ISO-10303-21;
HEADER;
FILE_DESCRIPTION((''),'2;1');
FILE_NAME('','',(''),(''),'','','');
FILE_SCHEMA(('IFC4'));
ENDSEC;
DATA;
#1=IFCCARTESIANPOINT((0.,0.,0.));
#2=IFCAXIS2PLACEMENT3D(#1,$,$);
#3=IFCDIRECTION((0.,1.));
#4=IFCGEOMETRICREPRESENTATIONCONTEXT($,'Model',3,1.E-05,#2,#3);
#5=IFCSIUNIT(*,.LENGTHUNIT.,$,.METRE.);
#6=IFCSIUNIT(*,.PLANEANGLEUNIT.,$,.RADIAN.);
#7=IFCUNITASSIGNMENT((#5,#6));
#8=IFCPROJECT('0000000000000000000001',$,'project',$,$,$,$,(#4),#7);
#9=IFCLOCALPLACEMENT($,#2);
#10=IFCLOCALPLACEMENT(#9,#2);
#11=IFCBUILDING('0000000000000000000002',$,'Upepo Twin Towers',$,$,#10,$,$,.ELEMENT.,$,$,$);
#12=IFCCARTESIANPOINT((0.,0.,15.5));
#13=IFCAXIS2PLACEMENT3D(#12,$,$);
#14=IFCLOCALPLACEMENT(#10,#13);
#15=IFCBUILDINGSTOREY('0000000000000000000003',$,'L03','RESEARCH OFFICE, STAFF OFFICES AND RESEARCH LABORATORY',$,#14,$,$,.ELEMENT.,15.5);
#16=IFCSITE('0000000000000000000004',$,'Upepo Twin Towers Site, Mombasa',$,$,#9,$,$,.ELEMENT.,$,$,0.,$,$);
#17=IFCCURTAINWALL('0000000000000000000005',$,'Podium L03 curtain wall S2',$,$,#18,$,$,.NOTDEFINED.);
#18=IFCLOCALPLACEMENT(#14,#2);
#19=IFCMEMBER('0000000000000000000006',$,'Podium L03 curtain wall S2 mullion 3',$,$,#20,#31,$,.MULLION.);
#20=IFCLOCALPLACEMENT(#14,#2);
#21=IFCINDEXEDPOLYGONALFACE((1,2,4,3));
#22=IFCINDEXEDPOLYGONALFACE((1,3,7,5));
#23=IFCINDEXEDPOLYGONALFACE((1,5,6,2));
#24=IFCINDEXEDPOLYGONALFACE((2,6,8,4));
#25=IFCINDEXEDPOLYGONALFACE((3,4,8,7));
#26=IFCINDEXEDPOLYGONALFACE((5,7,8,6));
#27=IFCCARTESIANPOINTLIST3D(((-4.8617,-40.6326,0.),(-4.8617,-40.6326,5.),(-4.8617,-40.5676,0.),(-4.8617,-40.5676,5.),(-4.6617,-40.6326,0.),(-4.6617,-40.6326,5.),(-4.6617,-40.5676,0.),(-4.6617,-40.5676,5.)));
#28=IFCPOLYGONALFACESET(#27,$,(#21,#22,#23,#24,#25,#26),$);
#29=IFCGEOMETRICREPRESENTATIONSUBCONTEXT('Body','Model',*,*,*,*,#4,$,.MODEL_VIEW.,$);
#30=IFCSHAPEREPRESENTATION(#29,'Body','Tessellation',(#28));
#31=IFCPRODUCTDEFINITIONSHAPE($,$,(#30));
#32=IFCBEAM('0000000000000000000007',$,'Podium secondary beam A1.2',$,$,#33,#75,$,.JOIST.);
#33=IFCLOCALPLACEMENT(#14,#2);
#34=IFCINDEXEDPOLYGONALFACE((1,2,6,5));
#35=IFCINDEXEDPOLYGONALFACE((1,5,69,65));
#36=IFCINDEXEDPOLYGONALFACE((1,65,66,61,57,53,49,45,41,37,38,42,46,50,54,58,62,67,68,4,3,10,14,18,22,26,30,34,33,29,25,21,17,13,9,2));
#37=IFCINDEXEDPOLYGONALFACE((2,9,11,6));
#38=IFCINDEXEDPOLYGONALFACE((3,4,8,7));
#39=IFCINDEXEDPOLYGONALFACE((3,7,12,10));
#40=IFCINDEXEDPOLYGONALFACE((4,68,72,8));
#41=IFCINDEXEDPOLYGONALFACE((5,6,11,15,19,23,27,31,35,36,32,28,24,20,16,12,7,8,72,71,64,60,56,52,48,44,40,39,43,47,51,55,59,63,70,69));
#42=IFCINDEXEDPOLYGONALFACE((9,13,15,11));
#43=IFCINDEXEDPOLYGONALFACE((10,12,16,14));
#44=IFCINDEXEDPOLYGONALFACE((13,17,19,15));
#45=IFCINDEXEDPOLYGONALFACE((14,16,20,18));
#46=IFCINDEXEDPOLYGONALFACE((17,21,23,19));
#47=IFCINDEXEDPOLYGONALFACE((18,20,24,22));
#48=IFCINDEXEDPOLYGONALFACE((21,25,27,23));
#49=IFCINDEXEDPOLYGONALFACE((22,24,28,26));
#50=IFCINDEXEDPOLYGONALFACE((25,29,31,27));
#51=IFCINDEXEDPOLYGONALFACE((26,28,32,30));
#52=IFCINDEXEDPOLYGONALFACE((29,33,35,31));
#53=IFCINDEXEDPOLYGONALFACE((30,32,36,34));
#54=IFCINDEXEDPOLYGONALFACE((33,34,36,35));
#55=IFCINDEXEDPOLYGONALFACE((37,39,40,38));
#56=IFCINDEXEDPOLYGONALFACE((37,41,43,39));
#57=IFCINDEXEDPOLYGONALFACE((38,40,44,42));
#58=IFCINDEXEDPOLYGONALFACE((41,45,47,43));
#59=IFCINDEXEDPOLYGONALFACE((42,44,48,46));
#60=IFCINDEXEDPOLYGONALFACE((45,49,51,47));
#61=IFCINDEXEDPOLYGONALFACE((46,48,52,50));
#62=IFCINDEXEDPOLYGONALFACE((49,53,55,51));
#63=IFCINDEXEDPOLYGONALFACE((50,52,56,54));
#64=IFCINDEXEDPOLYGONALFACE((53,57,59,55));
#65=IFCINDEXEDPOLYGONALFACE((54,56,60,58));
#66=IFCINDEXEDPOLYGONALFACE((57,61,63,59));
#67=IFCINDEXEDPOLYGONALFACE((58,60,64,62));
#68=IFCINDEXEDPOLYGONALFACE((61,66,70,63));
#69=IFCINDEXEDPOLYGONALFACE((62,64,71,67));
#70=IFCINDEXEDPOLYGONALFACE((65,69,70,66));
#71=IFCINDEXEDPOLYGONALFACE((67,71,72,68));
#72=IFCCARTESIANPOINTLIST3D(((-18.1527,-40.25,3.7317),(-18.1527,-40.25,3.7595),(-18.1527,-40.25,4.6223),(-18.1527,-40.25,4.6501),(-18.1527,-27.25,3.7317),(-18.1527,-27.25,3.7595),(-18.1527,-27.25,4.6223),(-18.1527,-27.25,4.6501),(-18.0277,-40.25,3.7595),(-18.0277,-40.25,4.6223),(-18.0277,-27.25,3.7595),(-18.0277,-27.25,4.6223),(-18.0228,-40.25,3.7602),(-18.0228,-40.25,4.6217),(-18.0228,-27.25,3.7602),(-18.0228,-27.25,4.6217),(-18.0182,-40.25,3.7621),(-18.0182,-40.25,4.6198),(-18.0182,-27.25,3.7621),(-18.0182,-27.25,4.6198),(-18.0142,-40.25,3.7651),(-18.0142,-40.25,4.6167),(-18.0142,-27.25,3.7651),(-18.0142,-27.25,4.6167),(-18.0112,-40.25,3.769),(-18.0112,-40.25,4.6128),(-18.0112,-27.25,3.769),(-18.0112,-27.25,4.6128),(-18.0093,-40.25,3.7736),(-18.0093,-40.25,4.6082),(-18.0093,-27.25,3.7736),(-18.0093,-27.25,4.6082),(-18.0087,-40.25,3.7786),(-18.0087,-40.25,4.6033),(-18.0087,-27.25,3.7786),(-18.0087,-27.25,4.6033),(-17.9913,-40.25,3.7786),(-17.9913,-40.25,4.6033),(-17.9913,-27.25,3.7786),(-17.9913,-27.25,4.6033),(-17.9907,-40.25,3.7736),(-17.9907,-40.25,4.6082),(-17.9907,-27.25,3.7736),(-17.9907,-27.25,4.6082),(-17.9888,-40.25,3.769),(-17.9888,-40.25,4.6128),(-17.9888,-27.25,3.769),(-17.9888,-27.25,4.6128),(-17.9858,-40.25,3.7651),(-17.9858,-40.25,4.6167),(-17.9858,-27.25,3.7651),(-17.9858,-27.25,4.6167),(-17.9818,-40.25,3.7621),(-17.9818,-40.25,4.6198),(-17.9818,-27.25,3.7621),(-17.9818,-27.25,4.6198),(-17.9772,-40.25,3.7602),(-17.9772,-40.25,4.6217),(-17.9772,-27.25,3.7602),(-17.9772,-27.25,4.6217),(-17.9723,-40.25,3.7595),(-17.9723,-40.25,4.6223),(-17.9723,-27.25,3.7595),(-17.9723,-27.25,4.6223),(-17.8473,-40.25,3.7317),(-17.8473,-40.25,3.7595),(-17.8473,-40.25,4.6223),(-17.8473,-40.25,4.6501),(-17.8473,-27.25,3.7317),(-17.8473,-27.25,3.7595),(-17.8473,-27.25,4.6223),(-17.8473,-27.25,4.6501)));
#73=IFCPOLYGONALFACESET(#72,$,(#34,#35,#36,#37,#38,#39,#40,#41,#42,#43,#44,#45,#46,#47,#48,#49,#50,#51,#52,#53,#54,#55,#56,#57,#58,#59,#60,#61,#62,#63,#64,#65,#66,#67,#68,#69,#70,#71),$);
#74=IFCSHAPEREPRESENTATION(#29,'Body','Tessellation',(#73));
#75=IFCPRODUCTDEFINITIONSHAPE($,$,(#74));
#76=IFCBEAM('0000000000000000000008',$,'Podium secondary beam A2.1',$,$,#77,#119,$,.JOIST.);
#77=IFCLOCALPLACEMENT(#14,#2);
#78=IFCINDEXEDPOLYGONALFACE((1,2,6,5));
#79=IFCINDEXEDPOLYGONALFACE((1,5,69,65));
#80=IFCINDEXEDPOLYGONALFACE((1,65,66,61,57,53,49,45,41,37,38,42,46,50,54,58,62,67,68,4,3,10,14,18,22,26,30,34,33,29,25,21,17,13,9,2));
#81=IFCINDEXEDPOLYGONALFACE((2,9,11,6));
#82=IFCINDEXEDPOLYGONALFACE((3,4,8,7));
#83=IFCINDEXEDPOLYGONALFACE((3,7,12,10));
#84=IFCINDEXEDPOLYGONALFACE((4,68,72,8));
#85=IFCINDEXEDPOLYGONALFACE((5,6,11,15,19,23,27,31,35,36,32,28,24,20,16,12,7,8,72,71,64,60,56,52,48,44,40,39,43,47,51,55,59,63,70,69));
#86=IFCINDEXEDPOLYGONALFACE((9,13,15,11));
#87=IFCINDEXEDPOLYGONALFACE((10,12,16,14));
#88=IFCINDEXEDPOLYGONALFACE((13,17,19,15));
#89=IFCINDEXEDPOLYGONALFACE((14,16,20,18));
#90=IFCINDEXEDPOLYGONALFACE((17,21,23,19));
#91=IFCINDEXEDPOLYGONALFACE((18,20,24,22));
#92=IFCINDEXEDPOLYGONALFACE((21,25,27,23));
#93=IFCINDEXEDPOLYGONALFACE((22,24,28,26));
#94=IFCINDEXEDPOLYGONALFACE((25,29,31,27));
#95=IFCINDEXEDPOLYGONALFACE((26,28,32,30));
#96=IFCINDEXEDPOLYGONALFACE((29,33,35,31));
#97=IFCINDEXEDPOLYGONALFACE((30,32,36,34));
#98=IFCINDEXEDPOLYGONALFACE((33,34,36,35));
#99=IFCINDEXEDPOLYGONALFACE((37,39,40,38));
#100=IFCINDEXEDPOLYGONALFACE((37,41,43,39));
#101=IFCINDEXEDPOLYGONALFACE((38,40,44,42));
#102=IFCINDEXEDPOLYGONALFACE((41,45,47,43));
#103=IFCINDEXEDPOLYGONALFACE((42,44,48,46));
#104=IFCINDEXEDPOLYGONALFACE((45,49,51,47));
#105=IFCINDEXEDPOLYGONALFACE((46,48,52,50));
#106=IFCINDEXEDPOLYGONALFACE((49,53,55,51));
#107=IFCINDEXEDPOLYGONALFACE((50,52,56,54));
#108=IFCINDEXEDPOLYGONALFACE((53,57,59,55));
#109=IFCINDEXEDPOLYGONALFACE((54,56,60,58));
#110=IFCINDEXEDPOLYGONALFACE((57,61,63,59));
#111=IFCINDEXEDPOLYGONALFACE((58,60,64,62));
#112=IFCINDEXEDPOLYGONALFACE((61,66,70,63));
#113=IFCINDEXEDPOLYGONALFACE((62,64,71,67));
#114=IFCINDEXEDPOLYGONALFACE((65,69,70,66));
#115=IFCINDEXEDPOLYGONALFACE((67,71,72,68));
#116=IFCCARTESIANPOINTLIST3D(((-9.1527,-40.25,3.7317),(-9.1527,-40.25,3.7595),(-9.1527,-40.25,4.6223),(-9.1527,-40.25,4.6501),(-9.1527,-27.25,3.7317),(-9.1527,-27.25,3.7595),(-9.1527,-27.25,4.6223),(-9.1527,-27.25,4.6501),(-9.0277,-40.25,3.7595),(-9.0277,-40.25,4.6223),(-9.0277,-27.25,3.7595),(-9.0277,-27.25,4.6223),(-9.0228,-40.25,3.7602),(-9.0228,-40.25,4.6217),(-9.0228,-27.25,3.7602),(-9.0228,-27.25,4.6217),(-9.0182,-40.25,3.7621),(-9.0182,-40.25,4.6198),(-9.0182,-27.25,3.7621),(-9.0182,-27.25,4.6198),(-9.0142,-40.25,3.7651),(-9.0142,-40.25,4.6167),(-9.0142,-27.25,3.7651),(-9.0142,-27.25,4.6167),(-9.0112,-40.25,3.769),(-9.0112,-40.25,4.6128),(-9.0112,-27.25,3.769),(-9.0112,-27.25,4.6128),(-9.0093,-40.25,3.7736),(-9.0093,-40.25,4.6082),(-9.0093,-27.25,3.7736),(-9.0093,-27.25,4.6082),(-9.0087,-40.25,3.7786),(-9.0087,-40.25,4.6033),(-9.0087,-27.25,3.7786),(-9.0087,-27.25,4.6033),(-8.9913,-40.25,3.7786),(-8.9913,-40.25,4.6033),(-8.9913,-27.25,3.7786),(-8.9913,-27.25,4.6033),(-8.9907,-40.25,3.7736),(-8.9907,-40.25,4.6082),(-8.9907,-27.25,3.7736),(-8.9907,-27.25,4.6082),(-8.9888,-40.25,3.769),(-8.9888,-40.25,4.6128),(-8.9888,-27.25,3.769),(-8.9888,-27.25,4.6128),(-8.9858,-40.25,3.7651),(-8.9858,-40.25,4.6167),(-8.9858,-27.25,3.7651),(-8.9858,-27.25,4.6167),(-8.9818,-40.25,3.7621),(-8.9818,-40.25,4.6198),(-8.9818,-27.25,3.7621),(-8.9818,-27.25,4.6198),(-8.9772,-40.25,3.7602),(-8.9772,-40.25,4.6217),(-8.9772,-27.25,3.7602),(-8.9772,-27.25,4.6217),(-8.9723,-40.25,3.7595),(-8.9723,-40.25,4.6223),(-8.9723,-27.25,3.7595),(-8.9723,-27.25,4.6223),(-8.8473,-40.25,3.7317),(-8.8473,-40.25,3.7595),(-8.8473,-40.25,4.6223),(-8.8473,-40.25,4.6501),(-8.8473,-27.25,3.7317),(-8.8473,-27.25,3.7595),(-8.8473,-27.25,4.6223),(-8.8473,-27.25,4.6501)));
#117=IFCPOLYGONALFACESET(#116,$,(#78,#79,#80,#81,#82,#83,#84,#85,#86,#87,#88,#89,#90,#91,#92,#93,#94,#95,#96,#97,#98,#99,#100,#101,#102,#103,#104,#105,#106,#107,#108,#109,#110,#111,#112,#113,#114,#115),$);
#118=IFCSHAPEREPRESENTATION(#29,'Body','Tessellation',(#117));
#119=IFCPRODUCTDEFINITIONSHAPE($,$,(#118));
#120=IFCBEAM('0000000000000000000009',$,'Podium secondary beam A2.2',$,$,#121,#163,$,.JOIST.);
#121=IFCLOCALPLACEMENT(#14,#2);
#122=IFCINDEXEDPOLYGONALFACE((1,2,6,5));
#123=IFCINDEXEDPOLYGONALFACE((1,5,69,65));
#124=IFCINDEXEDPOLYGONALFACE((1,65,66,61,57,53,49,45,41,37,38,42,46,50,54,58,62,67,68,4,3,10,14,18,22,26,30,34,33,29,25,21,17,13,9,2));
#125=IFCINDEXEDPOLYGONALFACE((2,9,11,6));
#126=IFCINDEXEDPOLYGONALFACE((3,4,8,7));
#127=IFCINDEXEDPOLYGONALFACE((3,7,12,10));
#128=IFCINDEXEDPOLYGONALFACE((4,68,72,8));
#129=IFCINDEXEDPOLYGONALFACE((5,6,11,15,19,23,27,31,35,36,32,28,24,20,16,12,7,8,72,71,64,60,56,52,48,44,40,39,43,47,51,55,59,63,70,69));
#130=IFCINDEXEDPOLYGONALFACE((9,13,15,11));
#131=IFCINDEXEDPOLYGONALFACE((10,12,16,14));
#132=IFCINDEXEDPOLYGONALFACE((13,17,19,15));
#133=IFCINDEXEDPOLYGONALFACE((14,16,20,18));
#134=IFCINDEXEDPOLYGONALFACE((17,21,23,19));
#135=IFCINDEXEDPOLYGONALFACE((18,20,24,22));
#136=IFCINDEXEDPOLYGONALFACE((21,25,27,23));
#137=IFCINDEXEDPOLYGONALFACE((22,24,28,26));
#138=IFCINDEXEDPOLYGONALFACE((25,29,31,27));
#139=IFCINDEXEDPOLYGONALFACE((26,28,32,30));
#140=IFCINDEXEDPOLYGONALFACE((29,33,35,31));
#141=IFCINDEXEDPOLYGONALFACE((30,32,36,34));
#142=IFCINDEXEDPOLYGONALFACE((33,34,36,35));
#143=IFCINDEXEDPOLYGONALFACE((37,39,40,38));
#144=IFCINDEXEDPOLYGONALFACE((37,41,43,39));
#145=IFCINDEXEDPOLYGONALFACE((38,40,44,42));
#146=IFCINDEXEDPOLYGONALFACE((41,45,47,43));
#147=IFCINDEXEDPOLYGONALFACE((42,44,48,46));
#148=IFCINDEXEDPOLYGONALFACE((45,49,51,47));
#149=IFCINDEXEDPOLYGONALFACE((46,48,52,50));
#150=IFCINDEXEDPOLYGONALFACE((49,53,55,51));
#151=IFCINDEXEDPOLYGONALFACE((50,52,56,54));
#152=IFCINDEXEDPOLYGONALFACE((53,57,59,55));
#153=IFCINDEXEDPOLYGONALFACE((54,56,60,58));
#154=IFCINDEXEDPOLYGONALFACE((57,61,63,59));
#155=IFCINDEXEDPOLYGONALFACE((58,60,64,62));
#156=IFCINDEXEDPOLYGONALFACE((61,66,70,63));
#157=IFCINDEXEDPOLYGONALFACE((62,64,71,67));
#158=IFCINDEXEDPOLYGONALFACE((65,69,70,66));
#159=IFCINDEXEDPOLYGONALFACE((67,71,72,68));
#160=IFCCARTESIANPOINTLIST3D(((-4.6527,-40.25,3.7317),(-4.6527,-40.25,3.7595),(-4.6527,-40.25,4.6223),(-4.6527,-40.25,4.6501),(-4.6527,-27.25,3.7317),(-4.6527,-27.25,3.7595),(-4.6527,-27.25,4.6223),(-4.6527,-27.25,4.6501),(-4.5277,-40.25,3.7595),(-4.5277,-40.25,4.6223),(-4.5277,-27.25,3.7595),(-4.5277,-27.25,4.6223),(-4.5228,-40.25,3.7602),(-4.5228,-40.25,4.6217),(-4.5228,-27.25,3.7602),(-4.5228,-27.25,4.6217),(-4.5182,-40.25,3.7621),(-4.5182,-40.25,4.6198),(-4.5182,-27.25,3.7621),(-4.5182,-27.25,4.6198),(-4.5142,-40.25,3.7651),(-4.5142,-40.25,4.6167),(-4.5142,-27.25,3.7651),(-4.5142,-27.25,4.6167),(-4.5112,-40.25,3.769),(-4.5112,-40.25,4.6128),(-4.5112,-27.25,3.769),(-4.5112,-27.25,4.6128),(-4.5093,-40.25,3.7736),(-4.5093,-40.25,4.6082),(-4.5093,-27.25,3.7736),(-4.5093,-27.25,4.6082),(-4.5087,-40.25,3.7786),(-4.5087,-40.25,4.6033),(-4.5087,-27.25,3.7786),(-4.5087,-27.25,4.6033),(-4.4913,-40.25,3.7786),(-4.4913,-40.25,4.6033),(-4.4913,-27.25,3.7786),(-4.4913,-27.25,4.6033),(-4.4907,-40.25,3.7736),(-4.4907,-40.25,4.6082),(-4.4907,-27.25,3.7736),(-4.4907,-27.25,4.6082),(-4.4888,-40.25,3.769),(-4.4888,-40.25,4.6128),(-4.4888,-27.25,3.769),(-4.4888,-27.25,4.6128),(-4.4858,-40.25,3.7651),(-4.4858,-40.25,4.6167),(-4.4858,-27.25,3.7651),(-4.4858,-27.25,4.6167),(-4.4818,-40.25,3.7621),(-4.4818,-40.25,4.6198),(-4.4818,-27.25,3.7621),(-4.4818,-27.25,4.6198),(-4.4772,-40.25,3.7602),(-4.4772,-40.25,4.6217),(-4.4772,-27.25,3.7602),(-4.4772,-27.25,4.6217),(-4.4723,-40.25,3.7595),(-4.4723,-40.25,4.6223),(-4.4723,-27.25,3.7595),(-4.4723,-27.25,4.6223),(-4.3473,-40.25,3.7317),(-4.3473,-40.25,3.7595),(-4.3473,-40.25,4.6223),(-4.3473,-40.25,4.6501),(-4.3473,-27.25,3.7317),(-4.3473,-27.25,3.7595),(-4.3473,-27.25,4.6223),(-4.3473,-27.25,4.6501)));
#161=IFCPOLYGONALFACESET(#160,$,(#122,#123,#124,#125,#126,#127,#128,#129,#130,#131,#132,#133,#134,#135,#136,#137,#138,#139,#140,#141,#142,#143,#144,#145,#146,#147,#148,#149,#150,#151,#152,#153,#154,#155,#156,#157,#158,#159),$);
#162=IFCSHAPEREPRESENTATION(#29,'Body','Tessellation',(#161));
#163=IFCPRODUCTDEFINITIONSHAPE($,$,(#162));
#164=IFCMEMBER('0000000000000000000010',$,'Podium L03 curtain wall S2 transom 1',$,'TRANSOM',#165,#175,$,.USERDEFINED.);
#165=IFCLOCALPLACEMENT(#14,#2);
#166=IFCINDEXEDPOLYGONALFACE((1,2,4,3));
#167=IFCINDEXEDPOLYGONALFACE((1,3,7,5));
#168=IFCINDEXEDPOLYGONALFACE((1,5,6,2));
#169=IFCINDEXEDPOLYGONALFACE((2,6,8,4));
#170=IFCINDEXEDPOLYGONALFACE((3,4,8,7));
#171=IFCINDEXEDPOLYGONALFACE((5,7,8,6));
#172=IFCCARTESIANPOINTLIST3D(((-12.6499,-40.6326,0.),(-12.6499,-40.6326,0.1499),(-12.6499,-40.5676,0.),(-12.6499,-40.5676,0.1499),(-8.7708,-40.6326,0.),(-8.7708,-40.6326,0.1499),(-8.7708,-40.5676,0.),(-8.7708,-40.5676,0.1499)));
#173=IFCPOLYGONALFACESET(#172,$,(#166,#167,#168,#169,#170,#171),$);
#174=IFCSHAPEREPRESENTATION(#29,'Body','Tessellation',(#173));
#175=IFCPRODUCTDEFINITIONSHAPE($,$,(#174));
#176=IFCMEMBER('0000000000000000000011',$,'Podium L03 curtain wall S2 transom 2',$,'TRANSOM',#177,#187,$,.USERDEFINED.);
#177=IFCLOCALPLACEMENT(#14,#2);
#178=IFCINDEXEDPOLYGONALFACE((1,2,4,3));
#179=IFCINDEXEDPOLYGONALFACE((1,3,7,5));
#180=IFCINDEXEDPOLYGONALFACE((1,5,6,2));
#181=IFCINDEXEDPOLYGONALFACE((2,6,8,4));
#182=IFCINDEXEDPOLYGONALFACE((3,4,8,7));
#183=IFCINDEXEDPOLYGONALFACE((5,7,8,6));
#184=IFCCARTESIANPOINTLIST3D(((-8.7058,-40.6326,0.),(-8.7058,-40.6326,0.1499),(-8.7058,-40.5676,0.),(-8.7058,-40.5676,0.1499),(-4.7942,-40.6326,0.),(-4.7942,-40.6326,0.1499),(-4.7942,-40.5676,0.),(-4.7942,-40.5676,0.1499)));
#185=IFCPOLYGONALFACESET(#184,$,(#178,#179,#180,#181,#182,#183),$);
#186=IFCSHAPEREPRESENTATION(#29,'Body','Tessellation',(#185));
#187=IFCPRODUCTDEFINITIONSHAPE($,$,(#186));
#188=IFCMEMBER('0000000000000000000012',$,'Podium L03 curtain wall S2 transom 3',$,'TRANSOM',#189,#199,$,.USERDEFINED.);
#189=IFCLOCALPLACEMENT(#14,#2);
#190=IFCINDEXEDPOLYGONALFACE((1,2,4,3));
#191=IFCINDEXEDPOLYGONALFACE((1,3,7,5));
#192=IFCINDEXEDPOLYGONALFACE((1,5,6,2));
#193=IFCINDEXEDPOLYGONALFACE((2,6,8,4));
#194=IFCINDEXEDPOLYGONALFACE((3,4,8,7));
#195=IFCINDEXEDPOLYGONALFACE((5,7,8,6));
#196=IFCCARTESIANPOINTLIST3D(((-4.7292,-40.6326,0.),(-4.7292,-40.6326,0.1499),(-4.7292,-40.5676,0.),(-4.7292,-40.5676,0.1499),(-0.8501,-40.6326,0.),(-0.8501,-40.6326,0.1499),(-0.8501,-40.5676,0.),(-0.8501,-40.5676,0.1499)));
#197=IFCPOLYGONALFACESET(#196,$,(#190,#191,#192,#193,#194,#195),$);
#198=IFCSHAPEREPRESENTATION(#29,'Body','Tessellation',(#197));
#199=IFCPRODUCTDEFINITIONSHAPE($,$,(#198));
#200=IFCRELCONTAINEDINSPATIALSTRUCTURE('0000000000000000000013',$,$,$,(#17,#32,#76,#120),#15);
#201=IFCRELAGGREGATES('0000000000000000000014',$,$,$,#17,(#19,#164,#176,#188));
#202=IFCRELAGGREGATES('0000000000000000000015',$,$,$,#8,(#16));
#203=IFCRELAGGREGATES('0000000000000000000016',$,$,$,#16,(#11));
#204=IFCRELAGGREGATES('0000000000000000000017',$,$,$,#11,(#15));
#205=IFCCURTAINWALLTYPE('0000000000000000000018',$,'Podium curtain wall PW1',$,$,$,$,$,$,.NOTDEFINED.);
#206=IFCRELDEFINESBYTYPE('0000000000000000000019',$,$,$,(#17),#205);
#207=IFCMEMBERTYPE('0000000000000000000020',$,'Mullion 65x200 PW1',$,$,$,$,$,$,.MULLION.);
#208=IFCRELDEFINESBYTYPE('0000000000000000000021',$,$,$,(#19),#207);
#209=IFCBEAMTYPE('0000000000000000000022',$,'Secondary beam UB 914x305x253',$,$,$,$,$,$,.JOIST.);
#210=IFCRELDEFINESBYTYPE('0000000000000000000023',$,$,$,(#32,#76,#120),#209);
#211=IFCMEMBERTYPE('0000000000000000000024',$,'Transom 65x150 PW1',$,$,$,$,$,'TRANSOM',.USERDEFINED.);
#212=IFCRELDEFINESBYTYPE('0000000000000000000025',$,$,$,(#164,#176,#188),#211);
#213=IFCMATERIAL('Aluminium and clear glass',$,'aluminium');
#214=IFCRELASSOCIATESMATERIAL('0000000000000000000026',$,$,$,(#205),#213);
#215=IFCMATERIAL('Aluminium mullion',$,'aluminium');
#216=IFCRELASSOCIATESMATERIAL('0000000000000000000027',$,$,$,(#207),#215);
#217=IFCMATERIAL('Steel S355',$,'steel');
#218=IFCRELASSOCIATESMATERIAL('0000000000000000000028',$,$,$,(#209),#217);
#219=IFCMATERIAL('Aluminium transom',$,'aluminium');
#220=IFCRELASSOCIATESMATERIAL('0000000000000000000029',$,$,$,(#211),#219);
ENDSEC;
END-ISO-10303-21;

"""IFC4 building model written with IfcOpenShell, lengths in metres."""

from ifc_helpers import new_model, si_unit, direction, frame, origin, origin_2d, place, context, subcontext, project, spatial, rectangle, i_section, extrude, material, material_profile, profile_set, type_object, element, aggregate, save


model = new_model("IFC4")

# Units and contexts
model_context = context("Model", 3, precision=1e-05, world=origin(), true_north=direction((0.0, 1.0)))
body_context = subcontext(model_context, "Body", "Model", "MODEL_VIEW")
ifc_project = project(units=[si_unit("LENGTHUNIT", "METRE"), si_unit("PLANEANGLEUNIT", "RADIAN")], contexts=[model_context])

# Site, building, storey
site_placement = place(None, origin())
site = spatial("IfcSite", under=ifc_project, at=site_placement, Name="Upepo Twin Towers Site, Mombasa", CompositionType="ELEMENT", RefElevation=0.0)
building_placement = place(site_placement, origin())
building = spatial("IfcBuilding", under=site, at=building_placement, Name="Upepo Twin Towers", CompositionType="ELEMENT")
storey_placement = place(building_placement, frame((0.0, 0.0, 15.5)))
storey = spatial("IfcBuildingStorey", under=building, at=storey_placement, Name="L03", Description="RESEARCH OFFICE, STAFF OFFICES AND RESEARCH LABORATORY", CompositionType="ELEMENT", Elevation=15.5)

# Shared definitions
ifc_material_1 = material(Name="Aluminium and clear glass", Category="aluminium")
curtain_wall_type = type_object("IfcCurtainWallType", Name="Podium curtain wall PW1", PredefinedType="NOTDEFINED", material=ifc_material_1)
ifc_material_2 = material(Name="Aluminium mullion", Category="aluminium")
ifc_material_profile_1 = material_profile(ifc_material_2, rectangle(XDim=0.0649, YDim=0.2, at=origin_2d()), Name="MULLION 65x200 PODIUM")
ifc_profile_set_1 = profile_set([ifc_material_profile_1], Name="Aluminium mullion")
member_type_1 = type_object("IfcMemberType", Name="Mullion 65x200 PW1", PredefinedType="MULLION", material=ifc_profile_set_1)

# Curtain wall, member
curtain_wall_1_placement = place(storey_placement, origin())
curtain_wall_1 = element("IfcCurtainWall", 1, at=curtain_wall_1_placement, inside=storey, type_object=curtain_wall_type, Name="Podium L03 curtain wall S2", PredefinedType="NOTDEFINED")
member_1_placement = place(storey_placement, frame((-4.7617, -40.6001, 0.0), z_axis=(0.0, 0.0, 1.0), x_axis=(0.0, 1.0, 0.0)))
member_1 = element("IfcMember", 2, at=member_1_placement, type_object=member_type_1, Name="Podium L03 curtain wall S2 mullion 3", PredefinedType="MULLION", context=body_context, shape_type="SweptSolid", body=[
    extrude(rectangle(XDim=0.0649, YDim=0.2, at=origin_2d()), origin(), (0.0, 0.0, 1.0), 5.0),
])

# Beams
ifc_material_3 = material(Name="Steel S355", Category="steel")
ifc_material_profile_2 = material_profile(ifc_material_3, i_section(OverallWidth=0.3054, OverallDepth=0.9185, WebThickness=0.0173, FlangeThickness=0.0278, FilletRadius=0.019, at=origin_2d()), Name="UB 914x305x253")
ifc_profile_set_2 = profile_set([ifc_material_profile_2], Name="Steel S355")
beam_type_1 = type_object("IfcBeamType", Name="Secondary beam UB 914x305x253", PredefinedType="JOIST", material=ifc_profile_set_2)
for number, where, z_axis, x_axis, name in (
    (3, (-18.0, -40.25, 4.1909), (0.0, 1.0, 0.0), (-1.0, 0.0, 0.0), "Podium secondary beam A1.2"),
    (4, (-9.0, -40.25, 4.1909), (0.0, 1.0, 0.0), (-1.0, 0.0, 0.0), "Podium secondary beam A2.1"),
    (5, (-4.5, -40.25, 4.1909), (0.0, 1.0, 0.0), (-1.0, 0.0, 0.0), "Podium secondary beam A2.2"),
):
    element("IfcBeam", number, at=place(storey_placement, frame(where, z_axis=z_axis, x_axis=x_axis)), inside=storey, type_object=beam_type_1, Name=name, PredefinedType="JOIST", context=body_context, shape_type="SweptSolid", body=[
        extrude(i_section(OverallWidth=0.3054, OverallDepth=0.9185, WebThickness=0.0173, FlangeThickness=0.0278, FilletRadius=0.019, at=origin_2d()), origin(), (0.0, 0.0, 1.0), 13.0),
    ])

# Members
ifc_material_4 = material(Name="Aluminium transom", Category="aluminium")
ifc_material_profile_3 = material_profile(ifc_material_4, rectangle(XDim=0.0649, YDim=0.1499, at=origin_2d()), Name="TRANSOM 65x150 PODIUM")
ifc_profile_set_3 = profile_set([ifc_material_profile_3], Name="Aluminium transom")
member_type_2 = type_object("IfcMemberType", Name="Transom 65x150 PW1", ElementType="TRANSOM", PredefinedType="USERDEFINED", material=ifc_profile_set_3)
member_2_placement = place(storey_placement, frame((-12.6499, -40.6001, 0.075), z_axis=(1.0, 0.0, 0.0), x_axis=(0.0, 1.0, 0.0)))
member_2 = element("IfcMember", 6, at=member_2_placement, type_object=member_type_2, Name="Podium L03 curtain wall S2 transom 1", ObjectType="TRANSOM", PredefinedType="USERDEFINED", context=body_context, shape_type="SweptSolid", body=[
    extrude(rectangle(XDim=0.0649, YDim=0.1499, at=origin_2d()), origin(), (0.0, 0.0, 1.0), 3.8792),
])
member_3_placement = place(storey_placement, frame((-8.7058, -40.6001, 0.075), z_axis=(1.0, 0.0, 0.0), x_axis=(0.0, 1.0, 0.0)))
member_3 = element("IfcMember", 7, at=member_3_placement, type_object=member_type_2, Name="Podium L03 curtain wall S2 transom 2", ObjectType="TRANSOM", PredefinedType="USERDEFINED", context=body_context, shape_type="SweptSolid", body=[
    extrude(rectangle(XDim=0.0649, YDim=0.1499, at=origin_2d()), origin(), (0.0, 0.0, 1.0), 3.9116),
])
member_4_placement = place(storey_placement, frame((-4.7292, -40.6001, 0.075), z_axis=(1.0, 0.0, 0.0), x_axis=(0.0, 1.0, 0.0)))
member_4 = element("IfcMember", 8, at=member_4_placement, type_object=member_type_2, Name="Podium L03 curtain wall S2 transom 3", ObjectType="TRANSOM", PredefinedType="USERDEFINED", context=body_context, shape_type="SweptSolid", body=[
    extrude(rectangle(XDim=0.0649, YDim=0.1499, at=origin_2d()), origin(), (0.0, 0.0, 1.0), 3.8792),
])

aggregate(curtain_wall_1, [member_1, member_2, member_3, member_4])

save(model, "model.ifc")
